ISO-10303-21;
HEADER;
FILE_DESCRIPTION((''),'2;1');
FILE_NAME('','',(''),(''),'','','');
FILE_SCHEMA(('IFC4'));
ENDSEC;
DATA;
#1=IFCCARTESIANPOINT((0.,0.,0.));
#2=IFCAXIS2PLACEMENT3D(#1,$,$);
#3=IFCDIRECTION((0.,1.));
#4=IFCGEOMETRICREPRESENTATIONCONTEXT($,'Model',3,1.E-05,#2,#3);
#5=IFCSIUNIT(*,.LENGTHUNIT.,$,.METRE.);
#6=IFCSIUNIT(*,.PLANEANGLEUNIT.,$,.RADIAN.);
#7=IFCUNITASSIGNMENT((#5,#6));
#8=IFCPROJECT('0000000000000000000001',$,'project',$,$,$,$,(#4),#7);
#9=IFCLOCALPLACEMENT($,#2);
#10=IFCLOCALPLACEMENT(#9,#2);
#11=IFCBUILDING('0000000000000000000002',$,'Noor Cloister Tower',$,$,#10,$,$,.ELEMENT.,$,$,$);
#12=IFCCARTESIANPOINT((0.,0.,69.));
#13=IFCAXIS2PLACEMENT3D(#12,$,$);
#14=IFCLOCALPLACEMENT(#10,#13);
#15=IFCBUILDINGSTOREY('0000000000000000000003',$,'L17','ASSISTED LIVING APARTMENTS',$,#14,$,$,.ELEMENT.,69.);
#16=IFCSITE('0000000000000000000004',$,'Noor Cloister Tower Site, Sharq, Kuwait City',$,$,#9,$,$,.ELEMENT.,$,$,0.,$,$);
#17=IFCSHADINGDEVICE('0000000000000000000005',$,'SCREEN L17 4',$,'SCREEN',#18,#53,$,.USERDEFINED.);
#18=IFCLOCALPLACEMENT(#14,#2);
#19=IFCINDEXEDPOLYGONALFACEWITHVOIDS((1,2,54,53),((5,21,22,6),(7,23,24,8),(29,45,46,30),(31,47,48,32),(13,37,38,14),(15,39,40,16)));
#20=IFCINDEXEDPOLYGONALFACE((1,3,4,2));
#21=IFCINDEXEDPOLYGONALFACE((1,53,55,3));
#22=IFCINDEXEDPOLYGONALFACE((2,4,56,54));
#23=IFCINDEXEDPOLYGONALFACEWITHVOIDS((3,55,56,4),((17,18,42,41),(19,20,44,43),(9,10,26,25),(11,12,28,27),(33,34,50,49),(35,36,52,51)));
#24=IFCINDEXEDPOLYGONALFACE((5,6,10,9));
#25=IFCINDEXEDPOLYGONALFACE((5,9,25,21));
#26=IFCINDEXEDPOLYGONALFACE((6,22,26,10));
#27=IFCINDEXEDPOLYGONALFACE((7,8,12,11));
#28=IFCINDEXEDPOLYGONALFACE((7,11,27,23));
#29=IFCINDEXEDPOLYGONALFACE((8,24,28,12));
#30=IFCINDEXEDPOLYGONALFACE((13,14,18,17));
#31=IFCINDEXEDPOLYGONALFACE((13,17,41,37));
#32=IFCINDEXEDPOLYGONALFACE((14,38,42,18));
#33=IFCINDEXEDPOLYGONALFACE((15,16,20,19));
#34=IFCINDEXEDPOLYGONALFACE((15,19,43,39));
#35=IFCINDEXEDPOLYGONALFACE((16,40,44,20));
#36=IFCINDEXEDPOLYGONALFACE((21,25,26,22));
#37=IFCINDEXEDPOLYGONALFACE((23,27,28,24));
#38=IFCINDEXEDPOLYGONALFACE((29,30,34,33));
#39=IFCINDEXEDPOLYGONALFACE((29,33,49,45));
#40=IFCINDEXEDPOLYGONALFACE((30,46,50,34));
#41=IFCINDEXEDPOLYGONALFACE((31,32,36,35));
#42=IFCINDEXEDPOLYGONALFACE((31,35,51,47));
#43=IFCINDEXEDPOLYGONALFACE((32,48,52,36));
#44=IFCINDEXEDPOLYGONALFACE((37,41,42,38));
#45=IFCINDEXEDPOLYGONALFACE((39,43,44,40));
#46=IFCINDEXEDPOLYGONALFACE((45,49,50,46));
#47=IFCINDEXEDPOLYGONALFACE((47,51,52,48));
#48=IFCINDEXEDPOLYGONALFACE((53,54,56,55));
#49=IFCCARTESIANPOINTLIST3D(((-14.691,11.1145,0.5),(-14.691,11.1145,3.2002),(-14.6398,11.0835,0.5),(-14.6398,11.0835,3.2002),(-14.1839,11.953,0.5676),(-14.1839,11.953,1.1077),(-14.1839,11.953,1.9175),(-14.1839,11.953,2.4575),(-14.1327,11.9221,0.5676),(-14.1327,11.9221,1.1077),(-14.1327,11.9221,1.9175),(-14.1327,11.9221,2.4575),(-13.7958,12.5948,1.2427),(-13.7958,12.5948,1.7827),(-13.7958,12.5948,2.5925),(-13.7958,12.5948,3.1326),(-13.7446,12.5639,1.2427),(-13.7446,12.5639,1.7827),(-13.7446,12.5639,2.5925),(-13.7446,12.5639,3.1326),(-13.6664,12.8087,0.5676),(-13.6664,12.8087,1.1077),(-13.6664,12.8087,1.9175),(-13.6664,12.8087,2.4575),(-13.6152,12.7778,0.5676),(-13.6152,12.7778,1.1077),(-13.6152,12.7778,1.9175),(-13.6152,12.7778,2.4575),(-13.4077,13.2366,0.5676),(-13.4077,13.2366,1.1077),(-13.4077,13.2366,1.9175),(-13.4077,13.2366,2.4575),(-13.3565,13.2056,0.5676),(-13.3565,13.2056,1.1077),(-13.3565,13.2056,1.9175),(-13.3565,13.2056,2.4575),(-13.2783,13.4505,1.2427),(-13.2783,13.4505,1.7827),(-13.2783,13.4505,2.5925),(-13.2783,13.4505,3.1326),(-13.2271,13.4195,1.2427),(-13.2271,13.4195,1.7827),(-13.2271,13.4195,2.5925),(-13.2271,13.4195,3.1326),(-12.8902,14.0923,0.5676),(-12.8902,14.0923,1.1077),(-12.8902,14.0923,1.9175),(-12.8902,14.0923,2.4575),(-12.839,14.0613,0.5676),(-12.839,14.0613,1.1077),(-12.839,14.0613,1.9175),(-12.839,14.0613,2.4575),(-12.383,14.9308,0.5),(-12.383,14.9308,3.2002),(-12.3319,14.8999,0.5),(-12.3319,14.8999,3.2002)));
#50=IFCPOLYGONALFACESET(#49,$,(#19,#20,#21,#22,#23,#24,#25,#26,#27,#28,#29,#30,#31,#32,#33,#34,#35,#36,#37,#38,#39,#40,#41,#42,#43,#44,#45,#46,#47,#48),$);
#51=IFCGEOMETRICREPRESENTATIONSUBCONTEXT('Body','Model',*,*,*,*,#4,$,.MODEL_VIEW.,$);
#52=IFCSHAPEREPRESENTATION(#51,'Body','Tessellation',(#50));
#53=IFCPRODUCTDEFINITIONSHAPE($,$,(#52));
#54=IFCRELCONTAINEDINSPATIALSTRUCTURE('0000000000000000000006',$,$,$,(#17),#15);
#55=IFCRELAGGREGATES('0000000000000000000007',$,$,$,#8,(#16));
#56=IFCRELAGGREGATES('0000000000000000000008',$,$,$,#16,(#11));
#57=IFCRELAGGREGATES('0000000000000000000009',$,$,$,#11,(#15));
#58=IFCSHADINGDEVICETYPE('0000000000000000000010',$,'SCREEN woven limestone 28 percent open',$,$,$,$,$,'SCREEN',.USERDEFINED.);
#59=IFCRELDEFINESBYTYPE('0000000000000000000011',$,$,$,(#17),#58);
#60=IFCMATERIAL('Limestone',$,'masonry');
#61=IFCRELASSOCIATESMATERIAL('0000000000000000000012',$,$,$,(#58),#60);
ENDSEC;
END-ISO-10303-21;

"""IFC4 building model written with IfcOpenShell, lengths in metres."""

from ifc_helpers import new_model, si_unit, direction, frame, origin, place, context, subcontext, project, spatial, polyline, outline, extrude, material, material_profile, profile_set, type_object, element, save


model = new_model("IFC4")

# Units and contexts
model_context = context("Model", 3, precision=1e-05, world=origin(), true_north=direction((0.0, 1.0)))
body_context = subcontext(model_context, "Body", "Model", "MODEL_VIEW")
ifc_project = project(units=[si_unit("LENGTHUNIT", "METRE"), si_unit("PLANEANGLEUNIT", "RADIAN")], contexts=[model_context])

# Site, building, storey
site_placement = place(None, origin())
site = spatial("IfcSite", under=ifc_project, at=site_placement, Name="Noor Cloister Tower Site, Sharq, Kuwait City", CompositionType="ELEMENT", RefElevation=0.0)
building_placement = place(site_placement, origin())
building = spatial("IfcBuilding", under=site, at=building_placement, Name="Noor Cloister Tower", CompositionType="ELEMENT")
storey_placement = place(building_placement, frame((0.0, 0.0, 69.0)))
storey = spatial("IfcBuildingStorey", under=building, at=storey_placement, Name="L17", Description="ASSISTED LIVING APARTMENTS", CompositionType="ELEMENT", Elevation=69.0)

# Shading device
ifc_material_1 = material(Name="Limestone", Category="masonry")
ifc_material_profile_1 = material_profile(ifc_material_1, outline(polyline([(-2.23, -1.3501), (2.23, -1.3501), (2.23, 1.3501), (-2.23, 1.3501), (-2.23, -1.3501)]), holes=[polyline([(-1.25, -1.2825), (-0.25, -1.2825), (-0.25, -0.7424), (-1.25, -0.7424), (-1.25, -1.2825)]), polyline([(0.25, -1.2825), (1.25, -1.2825), (1.25, -0.7424), (0.25, -0.7424), (0.25, -1.2825)]), polyline([(-0.5, -0.6074), (0.5, -0.6074), (0.5, -0.0674), (-0.5, -0.0674), (-0.5, -0.6074)]), polyline([(-1.25, 0.0674), (-0.25, 0.0674), (-0.25, 0.6074), (-1.25, 0.6074), (-1.25, 0.0674)]), polyline([(0.25, 0.0674), (1.25, 0.0674), (1.25, 0.6074), (0.25, 0.6074), (0.25, 0.0674)]), polyline([(-0.5, 0.7424), (0.5, 0.7424), (0.5, 1.2825), (-0.5, 1.2825), (-0.5, 0.7424)])]), Name="Woven screen 28 percent open")
ifc_profile_set_1 = profile_set([ifc_material_profile_1], Name="Limestone")
shading_device_type = type_object("IfcShadingDeviceType", Name="SCREEN woven limestone 28 percent open", ElementType="SCREEN", PredefinedType="USERDEFINED", material=ifc_profile_set_1)
shading_device_placement = place(storey_placement, frame((-13.4858, 12.9917, 1.8501), z_axis=(-0.85569, 0.517489, 0.0), x_axis=(-0.517489, -0.85569, 0.0)))
element("IfcShadingDevice", 1, at=shading_device_placement, inside=storey, type_object=shading_device_type, Name="SCREEN L17 4", ObjectType="SCREEN", PredefinedType="USERDEFINED", context=body_context, shape_type="SweptSolid", body=[
    extrude(outline(polyline([(-2.23, -1.3501), (2.23, -1.3501), (2.23, 1.3501), (-2.23, 1.3501), (-2.23, -1.3501)]), holes=[polyline([(-1.25, -1.2825), (-0.25, -1.2825), (-0.25, -0.7424), (-1.25, -0.7424), (-1.25, -1.2825)]), polyline([(0.25, -1.2825), (1.25, -1.2825), (1.25, -0.7424), (0.25, -0.7424), (0.25, -1.2825)]), polyline([(-0.5, -0.6074), (0.5, -0.6074), (0.5, -0.0674), (-0.5, -0.0674), (-0.5, -0.6074)]), polyline([(-1.25, 0.0674), (-0.25, 0.0674), (-0.25, 0.6074), (-1.25, 0.6074), (-1.25, 0.0674)]), polyline([(0.25, 0.0674), (1.25, 0.0674), (1.25, 0.6074), (0.25, 0.6074), (0.25, 0.0674)]), polyline([(-0.5, 0.7424), (0.5, 0.7424), (0.5, 1.2825), (-0.5, 1.2825), (-0.5, 0.7424)])]), origin(), (0.0, 0.0, 1.0), 0.0598),
])

save(model, "model.ifc")
